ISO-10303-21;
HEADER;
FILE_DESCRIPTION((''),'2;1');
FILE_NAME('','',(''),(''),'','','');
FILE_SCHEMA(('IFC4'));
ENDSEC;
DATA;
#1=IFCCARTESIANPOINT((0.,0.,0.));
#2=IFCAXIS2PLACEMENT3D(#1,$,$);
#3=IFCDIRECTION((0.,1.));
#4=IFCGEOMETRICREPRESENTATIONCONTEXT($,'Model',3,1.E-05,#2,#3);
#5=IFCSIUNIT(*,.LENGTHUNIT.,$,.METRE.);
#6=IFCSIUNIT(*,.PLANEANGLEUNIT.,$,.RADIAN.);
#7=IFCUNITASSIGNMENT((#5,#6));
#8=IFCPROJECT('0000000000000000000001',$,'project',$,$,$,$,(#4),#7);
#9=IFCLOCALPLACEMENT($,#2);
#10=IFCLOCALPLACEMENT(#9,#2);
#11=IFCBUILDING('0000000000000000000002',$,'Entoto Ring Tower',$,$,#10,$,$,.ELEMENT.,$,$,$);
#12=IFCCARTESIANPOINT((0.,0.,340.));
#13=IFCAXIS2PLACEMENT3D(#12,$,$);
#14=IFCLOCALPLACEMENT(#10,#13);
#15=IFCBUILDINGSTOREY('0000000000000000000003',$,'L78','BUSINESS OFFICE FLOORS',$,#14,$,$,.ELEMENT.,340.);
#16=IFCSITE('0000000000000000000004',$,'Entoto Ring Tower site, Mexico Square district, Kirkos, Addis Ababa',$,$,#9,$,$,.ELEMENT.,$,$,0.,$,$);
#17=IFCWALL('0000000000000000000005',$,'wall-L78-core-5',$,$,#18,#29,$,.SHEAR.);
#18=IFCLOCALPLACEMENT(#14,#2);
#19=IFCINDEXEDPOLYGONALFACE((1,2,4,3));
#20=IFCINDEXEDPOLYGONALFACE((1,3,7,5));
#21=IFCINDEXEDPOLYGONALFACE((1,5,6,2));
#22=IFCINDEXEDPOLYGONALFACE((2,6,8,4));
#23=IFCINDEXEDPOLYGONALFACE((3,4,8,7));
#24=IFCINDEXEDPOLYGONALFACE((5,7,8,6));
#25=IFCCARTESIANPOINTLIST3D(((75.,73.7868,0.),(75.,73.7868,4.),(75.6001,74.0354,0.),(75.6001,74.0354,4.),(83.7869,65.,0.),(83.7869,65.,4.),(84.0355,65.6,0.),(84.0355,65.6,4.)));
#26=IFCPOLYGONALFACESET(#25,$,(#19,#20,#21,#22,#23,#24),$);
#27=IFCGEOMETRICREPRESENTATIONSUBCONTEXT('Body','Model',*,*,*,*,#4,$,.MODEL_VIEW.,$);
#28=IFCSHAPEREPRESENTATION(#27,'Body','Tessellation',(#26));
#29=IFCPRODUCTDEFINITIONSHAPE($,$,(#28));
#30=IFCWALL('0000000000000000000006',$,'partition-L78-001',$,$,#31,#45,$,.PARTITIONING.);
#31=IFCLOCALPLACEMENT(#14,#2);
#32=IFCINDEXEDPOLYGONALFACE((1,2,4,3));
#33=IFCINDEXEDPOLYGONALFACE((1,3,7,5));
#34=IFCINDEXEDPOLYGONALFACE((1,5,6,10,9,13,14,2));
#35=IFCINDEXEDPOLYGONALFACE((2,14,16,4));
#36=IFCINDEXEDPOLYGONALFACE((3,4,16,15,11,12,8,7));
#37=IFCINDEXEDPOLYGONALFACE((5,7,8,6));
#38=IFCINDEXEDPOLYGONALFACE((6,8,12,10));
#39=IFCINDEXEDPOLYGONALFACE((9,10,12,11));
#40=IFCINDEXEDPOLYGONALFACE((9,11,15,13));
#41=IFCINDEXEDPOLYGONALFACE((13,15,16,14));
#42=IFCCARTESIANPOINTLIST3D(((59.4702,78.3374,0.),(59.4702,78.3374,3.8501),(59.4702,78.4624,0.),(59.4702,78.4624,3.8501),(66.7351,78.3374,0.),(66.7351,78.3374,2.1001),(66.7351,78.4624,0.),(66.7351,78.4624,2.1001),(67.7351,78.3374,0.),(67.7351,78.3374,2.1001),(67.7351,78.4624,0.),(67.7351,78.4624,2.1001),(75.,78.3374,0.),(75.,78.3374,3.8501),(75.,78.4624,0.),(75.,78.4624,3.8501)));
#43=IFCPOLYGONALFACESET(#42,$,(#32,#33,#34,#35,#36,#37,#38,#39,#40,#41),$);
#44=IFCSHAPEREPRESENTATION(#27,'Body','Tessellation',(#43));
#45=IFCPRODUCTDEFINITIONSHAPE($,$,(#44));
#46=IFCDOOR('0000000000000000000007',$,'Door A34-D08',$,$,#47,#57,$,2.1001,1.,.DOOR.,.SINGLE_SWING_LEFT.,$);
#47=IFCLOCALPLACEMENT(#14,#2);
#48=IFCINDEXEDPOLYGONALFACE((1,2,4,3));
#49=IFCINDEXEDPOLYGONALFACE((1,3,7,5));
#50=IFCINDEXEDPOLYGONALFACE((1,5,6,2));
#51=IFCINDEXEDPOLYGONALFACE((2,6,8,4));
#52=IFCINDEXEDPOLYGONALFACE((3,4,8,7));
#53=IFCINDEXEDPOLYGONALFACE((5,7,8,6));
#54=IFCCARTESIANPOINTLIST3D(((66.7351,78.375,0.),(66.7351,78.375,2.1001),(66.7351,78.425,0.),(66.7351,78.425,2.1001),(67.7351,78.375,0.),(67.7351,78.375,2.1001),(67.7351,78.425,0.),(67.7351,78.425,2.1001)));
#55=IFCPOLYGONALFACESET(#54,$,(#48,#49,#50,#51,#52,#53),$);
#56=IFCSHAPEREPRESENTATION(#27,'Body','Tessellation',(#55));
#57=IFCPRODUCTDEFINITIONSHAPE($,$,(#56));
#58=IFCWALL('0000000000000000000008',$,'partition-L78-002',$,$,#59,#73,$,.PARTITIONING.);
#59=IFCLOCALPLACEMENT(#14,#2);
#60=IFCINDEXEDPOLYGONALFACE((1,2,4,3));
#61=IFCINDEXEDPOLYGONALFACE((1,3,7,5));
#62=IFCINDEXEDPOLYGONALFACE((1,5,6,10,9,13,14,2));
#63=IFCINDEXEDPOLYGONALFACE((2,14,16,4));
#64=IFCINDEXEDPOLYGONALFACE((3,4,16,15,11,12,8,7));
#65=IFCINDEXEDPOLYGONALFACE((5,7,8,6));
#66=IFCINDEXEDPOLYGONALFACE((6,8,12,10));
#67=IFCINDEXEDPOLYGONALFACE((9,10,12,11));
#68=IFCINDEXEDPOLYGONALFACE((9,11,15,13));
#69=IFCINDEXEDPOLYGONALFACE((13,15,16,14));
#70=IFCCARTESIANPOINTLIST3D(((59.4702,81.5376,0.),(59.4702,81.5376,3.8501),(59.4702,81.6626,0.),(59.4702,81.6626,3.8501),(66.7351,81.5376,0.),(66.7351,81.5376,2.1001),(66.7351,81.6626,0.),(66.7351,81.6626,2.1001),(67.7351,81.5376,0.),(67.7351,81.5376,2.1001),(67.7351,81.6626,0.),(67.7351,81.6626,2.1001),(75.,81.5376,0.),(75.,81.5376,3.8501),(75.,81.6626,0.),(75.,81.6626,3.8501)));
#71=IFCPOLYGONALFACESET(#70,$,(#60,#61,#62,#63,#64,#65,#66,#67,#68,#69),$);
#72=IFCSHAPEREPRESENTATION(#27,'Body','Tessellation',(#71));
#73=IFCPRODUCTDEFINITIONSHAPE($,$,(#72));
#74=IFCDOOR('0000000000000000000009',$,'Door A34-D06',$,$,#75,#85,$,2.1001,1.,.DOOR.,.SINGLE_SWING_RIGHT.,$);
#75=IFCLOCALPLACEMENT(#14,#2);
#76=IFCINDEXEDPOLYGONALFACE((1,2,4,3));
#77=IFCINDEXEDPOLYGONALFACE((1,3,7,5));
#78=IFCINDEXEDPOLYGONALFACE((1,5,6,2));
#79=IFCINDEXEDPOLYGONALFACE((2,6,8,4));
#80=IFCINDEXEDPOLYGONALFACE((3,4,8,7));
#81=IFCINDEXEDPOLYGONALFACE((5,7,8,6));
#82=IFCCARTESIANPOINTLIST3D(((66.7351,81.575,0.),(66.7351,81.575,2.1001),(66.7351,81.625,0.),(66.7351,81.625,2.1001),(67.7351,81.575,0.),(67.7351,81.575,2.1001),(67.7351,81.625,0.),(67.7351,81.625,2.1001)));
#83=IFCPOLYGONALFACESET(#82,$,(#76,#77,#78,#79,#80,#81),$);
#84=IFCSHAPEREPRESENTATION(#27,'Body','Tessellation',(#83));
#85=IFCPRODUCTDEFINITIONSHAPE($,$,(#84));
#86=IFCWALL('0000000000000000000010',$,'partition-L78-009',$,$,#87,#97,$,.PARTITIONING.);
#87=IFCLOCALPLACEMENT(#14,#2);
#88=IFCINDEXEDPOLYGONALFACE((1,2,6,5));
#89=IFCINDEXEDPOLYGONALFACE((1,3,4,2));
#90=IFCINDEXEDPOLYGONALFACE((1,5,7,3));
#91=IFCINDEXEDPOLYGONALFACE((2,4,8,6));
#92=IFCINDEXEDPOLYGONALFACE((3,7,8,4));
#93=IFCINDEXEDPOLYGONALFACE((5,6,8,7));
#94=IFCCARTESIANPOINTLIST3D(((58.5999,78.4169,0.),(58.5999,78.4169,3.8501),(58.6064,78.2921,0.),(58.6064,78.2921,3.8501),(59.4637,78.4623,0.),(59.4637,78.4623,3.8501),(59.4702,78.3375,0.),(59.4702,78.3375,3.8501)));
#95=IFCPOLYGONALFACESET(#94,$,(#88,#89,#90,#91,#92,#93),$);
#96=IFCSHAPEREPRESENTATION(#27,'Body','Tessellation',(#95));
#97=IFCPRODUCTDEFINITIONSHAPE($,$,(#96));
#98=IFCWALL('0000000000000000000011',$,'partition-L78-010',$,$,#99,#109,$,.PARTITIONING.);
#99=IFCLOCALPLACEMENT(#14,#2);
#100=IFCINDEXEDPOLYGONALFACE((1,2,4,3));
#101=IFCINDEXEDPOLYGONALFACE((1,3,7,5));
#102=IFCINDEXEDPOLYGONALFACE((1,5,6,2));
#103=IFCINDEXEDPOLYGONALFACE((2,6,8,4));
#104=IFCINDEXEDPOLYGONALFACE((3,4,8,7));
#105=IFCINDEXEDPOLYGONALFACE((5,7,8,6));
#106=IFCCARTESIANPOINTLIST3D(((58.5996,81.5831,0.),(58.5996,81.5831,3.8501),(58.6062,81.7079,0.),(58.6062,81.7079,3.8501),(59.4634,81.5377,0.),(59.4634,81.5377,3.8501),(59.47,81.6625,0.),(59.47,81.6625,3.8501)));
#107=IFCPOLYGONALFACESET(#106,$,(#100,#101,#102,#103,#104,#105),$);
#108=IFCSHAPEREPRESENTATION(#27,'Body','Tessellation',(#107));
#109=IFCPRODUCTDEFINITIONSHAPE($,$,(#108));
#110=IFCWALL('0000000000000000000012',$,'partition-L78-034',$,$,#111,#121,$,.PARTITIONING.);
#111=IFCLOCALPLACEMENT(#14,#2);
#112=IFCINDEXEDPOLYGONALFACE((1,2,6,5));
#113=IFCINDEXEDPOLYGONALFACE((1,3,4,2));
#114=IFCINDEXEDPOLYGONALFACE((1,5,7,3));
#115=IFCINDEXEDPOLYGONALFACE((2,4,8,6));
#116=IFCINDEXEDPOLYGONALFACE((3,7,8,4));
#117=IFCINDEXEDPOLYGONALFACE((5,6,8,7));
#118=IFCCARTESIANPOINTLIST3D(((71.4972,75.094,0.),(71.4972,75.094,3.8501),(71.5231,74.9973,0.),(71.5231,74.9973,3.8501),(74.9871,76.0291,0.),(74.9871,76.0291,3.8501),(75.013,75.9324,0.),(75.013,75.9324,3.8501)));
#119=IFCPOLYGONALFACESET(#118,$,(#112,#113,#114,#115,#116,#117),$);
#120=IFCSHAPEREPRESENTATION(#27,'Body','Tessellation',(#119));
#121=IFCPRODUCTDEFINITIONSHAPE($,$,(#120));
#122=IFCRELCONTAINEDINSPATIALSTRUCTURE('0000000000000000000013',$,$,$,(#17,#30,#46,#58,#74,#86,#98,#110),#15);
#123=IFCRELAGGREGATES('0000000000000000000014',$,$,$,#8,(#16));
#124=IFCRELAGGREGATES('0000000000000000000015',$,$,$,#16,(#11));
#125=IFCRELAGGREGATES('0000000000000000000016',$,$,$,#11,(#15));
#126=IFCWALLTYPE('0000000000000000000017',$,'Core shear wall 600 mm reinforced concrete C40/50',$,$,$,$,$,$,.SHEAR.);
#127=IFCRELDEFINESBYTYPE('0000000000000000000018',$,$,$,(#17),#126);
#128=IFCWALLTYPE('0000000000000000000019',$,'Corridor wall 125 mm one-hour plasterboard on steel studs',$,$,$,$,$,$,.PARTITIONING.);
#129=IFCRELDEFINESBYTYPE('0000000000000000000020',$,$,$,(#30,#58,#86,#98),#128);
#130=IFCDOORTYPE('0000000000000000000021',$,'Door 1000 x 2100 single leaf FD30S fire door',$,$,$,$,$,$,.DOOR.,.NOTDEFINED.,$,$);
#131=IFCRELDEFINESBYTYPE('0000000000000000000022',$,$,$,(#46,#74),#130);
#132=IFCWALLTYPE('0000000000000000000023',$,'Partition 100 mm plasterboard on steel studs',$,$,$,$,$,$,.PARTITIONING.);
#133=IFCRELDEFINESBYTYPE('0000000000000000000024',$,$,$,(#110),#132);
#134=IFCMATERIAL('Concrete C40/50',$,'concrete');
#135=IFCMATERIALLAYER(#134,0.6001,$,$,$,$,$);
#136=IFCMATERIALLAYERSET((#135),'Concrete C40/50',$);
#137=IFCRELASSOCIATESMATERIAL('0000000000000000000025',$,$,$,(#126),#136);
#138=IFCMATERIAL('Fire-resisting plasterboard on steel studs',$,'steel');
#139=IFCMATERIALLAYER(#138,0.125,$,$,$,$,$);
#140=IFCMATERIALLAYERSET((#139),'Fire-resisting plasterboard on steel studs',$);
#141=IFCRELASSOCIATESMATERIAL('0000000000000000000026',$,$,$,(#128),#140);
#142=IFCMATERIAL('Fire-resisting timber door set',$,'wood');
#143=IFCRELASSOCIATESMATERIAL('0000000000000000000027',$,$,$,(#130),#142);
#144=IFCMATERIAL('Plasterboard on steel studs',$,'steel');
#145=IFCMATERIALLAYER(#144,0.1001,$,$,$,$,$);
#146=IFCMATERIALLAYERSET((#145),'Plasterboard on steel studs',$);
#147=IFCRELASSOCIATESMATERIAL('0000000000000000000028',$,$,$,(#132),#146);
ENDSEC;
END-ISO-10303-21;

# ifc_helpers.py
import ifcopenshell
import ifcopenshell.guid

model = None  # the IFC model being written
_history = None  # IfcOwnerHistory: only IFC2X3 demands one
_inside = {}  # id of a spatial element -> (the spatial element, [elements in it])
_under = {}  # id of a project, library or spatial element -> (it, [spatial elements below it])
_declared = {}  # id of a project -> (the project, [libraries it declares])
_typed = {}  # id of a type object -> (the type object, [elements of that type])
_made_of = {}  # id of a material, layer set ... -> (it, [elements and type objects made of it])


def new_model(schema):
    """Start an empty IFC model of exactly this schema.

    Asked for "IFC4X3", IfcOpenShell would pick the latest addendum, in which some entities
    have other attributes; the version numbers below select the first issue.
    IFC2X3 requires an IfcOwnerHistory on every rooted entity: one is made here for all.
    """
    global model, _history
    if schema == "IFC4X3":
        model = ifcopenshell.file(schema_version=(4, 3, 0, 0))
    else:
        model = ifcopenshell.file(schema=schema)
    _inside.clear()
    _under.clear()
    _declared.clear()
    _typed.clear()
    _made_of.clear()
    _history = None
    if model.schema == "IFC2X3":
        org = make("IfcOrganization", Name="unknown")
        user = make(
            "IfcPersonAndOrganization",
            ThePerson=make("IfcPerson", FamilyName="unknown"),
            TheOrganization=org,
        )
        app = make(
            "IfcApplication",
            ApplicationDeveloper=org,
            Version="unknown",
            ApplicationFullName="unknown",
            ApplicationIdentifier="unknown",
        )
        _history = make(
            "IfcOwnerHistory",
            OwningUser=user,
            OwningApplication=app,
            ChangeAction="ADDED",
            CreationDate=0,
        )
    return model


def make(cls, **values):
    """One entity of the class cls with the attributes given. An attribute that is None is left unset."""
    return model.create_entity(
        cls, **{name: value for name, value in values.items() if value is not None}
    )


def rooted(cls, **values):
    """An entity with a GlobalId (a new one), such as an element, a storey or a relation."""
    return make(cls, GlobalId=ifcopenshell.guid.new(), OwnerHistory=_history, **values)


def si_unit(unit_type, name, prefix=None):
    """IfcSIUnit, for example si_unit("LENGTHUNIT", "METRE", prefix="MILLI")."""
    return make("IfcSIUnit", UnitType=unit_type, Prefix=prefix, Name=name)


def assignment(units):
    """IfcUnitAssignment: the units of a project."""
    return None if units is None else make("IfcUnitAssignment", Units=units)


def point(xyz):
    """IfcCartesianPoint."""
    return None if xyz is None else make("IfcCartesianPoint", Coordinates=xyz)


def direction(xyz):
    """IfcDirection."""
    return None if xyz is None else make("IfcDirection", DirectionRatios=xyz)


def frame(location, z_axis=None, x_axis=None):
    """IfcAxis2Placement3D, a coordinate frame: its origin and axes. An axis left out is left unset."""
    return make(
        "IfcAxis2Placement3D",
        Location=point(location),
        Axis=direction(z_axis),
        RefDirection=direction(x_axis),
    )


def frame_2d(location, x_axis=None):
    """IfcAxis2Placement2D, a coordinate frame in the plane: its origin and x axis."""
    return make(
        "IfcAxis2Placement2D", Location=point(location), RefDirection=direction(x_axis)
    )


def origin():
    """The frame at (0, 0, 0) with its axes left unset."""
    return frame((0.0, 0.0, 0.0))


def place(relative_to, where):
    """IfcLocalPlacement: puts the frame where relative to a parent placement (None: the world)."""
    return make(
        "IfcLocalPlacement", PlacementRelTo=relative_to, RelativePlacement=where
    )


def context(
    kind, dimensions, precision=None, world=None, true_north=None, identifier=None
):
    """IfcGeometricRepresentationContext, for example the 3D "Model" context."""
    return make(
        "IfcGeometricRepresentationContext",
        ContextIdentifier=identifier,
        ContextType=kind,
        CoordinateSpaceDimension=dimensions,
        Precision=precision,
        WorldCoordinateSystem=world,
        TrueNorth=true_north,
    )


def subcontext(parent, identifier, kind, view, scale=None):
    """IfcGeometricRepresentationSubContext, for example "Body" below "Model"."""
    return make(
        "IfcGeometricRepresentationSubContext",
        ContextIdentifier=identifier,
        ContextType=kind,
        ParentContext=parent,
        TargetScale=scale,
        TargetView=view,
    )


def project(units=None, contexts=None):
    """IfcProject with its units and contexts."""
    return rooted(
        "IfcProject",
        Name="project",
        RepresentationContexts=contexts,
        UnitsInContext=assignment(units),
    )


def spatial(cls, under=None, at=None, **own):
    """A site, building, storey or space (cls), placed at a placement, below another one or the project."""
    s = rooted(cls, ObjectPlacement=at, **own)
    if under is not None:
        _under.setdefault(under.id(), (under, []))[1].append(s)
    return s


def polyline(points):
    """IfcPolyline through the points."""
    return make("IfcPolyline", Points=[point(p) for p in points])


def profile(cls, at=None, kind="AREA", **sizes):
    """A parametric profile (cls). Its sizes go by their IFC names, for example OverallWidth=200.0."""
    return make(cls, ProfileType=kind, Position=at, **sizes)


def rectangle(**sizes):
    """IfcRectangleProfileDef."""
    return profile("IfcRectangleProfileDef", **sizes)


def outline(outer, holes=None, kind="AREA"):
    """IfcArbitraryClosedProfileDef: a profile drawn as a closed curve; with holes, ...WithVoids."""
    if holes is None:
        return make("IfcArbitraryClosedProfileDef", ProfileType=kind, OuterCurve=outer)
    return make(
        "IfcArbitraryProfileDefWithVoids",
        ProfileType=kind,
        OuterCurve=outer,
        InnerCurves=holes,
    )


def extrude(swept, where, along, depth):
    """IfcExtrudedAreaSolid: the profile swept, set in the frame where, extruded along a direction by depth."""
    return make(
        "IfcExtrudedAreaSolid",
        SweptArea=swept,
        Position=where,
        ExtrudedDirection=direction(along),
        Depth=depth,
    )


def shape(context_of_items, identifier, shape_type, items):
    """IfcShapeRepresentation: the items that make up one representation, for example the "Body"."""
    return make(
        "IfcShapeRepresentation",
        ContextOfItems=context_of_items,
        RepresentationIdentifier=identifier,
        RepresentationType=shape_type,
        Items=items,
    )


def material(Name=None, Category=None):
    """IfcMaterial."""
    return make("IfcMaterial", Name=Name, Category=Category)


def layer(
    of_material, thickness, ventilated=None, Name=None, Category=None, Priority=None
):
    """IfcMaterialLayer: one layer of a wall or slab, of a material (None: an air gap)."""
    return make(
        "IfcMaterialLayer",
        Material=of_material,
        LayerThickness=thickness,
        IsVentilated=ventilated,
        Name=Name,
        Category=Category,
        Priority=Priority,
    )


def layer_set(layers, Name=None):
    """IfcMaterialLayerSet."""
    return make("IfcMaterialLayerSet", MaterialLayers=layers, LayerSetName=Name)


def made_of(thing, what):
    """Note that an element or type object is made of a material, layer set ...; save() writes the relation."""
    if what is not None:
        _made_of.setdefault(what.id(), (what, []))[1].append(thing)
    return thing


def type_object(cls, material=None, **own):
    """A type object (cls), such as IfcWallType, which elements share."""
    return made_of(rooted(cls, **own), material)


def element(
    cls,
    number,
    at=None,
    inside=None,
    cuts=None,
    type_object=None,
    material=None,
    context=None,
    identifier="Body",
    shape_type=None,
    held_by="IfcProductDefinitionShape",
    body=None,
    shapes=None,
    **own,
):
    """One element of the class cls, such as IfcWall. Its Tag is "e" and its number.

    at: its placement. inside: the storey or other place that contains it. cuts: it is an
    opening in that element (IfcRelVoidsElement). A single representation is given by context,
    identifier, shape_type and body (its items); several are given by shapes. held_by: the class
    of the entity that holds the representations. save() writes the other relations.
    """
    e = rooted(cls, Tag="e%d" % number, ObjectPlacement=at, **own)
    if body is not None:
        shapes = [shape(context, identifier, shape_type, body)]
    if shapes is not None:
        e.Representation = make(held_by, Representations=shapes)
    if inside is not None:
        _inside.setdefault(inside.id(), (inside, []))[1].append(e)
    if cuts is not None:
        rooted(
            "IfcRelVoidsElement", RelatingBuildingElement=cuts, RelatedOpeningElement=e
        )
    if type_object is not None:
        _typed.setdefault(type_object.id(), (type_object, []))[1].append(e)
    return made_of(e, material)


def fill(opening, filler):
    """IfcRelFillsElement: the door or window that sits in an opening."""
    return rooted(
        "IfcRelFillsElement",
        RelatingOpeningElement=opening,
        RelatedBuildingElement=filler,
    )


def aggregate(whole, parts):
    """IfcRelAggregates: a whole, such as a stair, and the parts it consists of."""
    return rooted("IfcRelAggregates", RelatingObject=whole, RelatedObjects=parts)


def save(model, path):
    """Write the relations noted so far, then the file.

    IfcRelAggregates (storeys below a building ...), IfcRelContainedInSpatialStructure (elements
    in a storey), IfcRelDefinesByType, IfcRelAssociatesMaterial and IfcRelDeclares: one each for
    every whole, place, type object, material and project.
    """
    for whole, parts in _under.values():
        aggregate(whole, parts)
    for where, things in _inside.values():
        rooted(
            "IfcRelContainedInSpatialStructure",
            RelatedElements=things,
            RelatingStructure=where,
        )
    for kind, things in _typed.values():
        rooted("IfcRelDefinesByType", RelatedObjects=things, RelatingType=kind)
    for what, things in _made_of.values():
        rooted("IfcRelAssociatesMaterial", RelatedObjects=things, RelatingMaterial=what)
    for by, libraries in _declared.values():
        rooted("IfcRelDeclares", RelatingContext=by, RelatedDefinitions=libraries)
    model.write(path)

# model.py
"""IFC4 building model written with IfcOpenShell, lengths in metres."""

from ifc_helpers import new_model, si_unit, direction, frame, frame_2d, origin, place, context, subcontext, project, spatial, polyline, rectangle, outline, extrude, material, layer, layer_set, type_object, element, fill, save


model = new_model("IFC4")

# Units and contexts
model_context = context("Model", 3, precision=1e-05, world=origin(), true_north=direction((0.0, 1.0)))
body_context = subcontext(model_context, "Body", "Model", "MODEL_VIEW")
ifc_project = project(units=[si_unit("LENGTHUNIT", "METRE"), si_unit("PLANEANGLEUNIT", "RADIAN")], contexts=[model_context])

# Site, building, storey
site_placement = place(None, origin())
site = spatial("IfcSite", under=ifc_project, at=site_placement, Name="Entoto Ring Tower site, Mexico Square district, Kirkos, Addis Ababa", CompositionType="ELEMENT", RefElevation=0.0)
building_placement = place(site_placement, origin())
building = spatial("IfcBuilding", under=site, at=building_placement, Name="Entoto Ring Tower", CompositionType="ELEMENT")
storey_placement = place(building_placement, frame((0.0, 0.0, 340.0)))
storey = spatial("IfcBuildingStorey", under=building, at=storey_placement, Name="L78", Description="BUSINESS OFFICE FLOORS", CompositionType="ELEMENT", Elevation=340.0)

# Wall
ifc_material_1 = material(Name="Concrete C40/50", Category="concrete")
ifc_layer_1 = layer(ifc_material_1, 0.6001)
ifc_layer_set_1 = layer_set([ifc_layer_1], Name="Concrete C40/50")
wall_type_1 = type_object("IfcWallType", Name="Core shear wall 600 mm reinforced concrete C40/50", PredefinedType="SHEAR", material=ifc_layer_set_1)
wall_1_placement = place(storey_placement, frame((75.3, 73.9111, 0.0), z_axis=(0.0, 0.0, 1.0), x_axis=(0.707107, -0.707107, 0.0)))
element("IfcWall", 1, at=wall_1_placement, inside=storey, type_object=wall_type_1, Name="wall-L78-core-5", PredefinedType="SHEAR", context=body_context, shape_type="SweptSolid", body=[
    extrude(outline(polyline([(-0.1243, -0.3), (12.3022, -0.3), (12.0537, 0.3), (0.1243, 0.3), (-0.1243, -0.3)])), origin(), (0.0, 0.0, 1.0), 4.0),
])

# Walls, openings, doors
ifc_material_2 = material(Name="Fire-resisting plasterboard on steel studs", Category="steel")
ifc_layer_2 = layer(ifc_material_2, 0.125)
ifc_layer_set_2 = layer_set([ifc_layer_2], Name="Fire-resisting plasterboard on steel studs")
wall_type_2 = type_object("IfcWallType", Name="Corridor wall 125 mm one-hour plasterboard on steel studs", PredefinedType="PARTITIONING", material=ifc_layer_set_2)
wall_2_placement = place(storey_placement, frame((59.4702, 78.3999, 0.0), z_axis=(0.0, 0.0, 1.0), x_axis=(1.0, 0.0, 0.0)))
wall_2 = element("IfcWall", 2, at=wall_2_placement, inside=storey, type_object=wall_type_2, Name="partition-L78-001", PredefinedType="PARTITIONING", context=body_context, shape_type="SweptSolid", body=[
    extrude(rectangle(XDim=15.5298, YDim=0.125, at=frame_2d((7.7649, 0.0))), origin(), (0.0, 0.0, 1.0), 3.8501),
])
opening_1_placement = place(wall_2_placement, frame((7.2649, 0.0, 0.0)))
opening_1 = element("IfcOpeningElement", 3, at=opening_1_placement, cuts=wall_2, PredefinedType="OPENING", context=body_context, shape_type="SweptSolid", body=[
    extrude(rectangle(XDim=1.0, YDim=2.1001, at=frame_2d((0.5, 1.05))), frame((0.0, 0.0725, 0.0), z_axis=(0.0, -1.0, 0.0), x_axis=(1.0, 0.0, 0.0)), (0.0, 0.0, 1.0), 0.145),
])
ifc_material_3 = material(Name="Fire-resisting timber door set", Category="wood")
door_type = type_object("IfcDoorType", Name="Door 1000 x 2100 single leaf FD30S fire door", OperationType="NOTDEFINED", PredefinedType="DOOR", material=ifc_material_3)
door_1_placement = place(opening_1_placement, frame((1.0, 0.0, 0.0), z_axis=(0.0, 0.0, 1.0), x_axis=(-1.0, 0.0, 0.0)))
door_1 = element("IfcDoor", 4, at=door_1_placement, inside=storey, type_object=door_type, Name="Door A34-D08", OperationType="SINGLE_SWING_LEFT", OverallHeight=2.1001, OverallWidth=1.0, PredefinedType="DOOR", context=body_context, shape_type="SweptSolid", body=[
    extrude(rectangle(XDim=1.0, YDim=2.1001, at=frame_2d((0.5, 1.05))), frame((0.0, 0.0249, 0.0), z_axis=(0.0, -1.0, 0.0), x_axis=(1.0, 0.0, 0.0)), (0.0, 0.0, 1.0), 0.05),
])
fill(opening_1, door_1)
wall_3_placement = place(storey_placement, frame((59.4702, 81.6001, 0.0), z_axis=(0.0, 0.0, 1.0), x_axis=(1.0, 0.0, 0.0)))
wall_3 = element("IfcWall", 5, at=wall_3_placement, inside=storey, type_object=wall_type_2, Name="partition-L78-002", PredefinedType="PARTITIONING", context=body_context, shape_type="SweptSolid", body=[
    extrude(rectangle(XDim=15.5298, YDim=0.125, at=frame_2d((7.7649, 0.0))), origin(), (0.0, 0.0, 1.0), 3.8501),
])
opening_2_placement = place(wall_3_placement, frame((7.2649, 0.0, 0.0)))
opening_2 = element("IfcOpeningElement", 6, at=opening_2_placement, cuts=wall_3, PredefinedType="OPENING", context=body_context, shape_type="SweptSolid", body=[
    extrude(rectangle(XDim=1.0, YDim=2.1001, at=frame_2d((0.5, 1.05))), frame((0.0, 0.0725, 0.0), z_axis=(0.0, -1.0, 0.0), x_axis=(1.0, 0.0, 0.0)), (0.0, 0.0, 1.0), 0.145),
])
door_2_placement = place(opening_2_placement, origin())
door_2 = element("IfcDoor", 7, at=door_2_placement, inside=storey, type_object=door_type, Name="Door A34-D06", OperationType="SINGLE_SWING_RIGHT", OverallHeight=2.1001, OverallWidth=1.0, PredefinedType="DOOR", context=body_context, shape_type="SweptSolid", body=[
    extrude(rectangle(XDim=1.0, YDim=2.1001, at=frame_2d((0.5, 1.05))), frame((0.0, 0.0249, 0.0), z_axis=(0.0, -1.0, 0.0), x_axis=(1.0, 0.0, 0.0)), (0.0, 0.0, 1.0), 0.05),
])
fill(opening_2, door_2)

# Walls
for number, where, z_axis, x_axis, name in (
    (8, (58.603, 78.3545, 0.0), (0.0, 0.0, 1.0), (0.998621, 0.0525, 0.0), "partition-L78-009"),
    (9, (59.4668, 81.6001, 0.0), (0.0, 0.0, 1.0), (-0.998621, 0.0525, 0.0), "partition-L78-010"),
):
    element("IfcWall", number, at=place(storey_placement, frame(where, z_axis=z_axis, x_axis=x_axis)), inside=storey, type_object=wall_type_2, Name=name, PredefinedType="PARTITIONING", context=body_context, shape_type="SweptSolid", body=[
        extrude(rectangle(XDim=0.865, YDim=0.125, at=frame_2d((0.4326, 0.0))), origin(), (0.0, 0.0, 1.0), 3.8501),
    ])
ifc_material_4 = material(Name="Plasterboard on steel studs", Category="steel")
ifc_layer_3 = layer(ifc_material_4, 0.1001)
ifc_layer_set_3 = layer_set([ifc_layer_3], Name="Plasterboard on steel studs")
wall_type_3 = type_object("IfcWallType", Name="Partition 100 mm plasterboard on steel studs", PredefinedType="PARTITIONING", material=ifc_layer_set_3)
wall_4_placement = place(storey_placement, frame((71.51, 75.0457, 0.0), z_axis=(0.0, 0.0, 1.0), x_axis=(0.965931, 0.258798, 0.0)))
element("IfcWall", 10, at=wall_4_placement, inside=storey, type_object=wall_type_3, Name="partition-L78-034", PredefinedType="PARTITIONING", context=body_context, shape_type="SweptSolid", body=[
    extrude(rectangle(XDim=3.613, YDim=0.1001, at=frame_2d((1.8066, 0.0))), origin(), (0.0, 0.0, 1.0), 3.8501),
])

save(model, "model.ifc")
